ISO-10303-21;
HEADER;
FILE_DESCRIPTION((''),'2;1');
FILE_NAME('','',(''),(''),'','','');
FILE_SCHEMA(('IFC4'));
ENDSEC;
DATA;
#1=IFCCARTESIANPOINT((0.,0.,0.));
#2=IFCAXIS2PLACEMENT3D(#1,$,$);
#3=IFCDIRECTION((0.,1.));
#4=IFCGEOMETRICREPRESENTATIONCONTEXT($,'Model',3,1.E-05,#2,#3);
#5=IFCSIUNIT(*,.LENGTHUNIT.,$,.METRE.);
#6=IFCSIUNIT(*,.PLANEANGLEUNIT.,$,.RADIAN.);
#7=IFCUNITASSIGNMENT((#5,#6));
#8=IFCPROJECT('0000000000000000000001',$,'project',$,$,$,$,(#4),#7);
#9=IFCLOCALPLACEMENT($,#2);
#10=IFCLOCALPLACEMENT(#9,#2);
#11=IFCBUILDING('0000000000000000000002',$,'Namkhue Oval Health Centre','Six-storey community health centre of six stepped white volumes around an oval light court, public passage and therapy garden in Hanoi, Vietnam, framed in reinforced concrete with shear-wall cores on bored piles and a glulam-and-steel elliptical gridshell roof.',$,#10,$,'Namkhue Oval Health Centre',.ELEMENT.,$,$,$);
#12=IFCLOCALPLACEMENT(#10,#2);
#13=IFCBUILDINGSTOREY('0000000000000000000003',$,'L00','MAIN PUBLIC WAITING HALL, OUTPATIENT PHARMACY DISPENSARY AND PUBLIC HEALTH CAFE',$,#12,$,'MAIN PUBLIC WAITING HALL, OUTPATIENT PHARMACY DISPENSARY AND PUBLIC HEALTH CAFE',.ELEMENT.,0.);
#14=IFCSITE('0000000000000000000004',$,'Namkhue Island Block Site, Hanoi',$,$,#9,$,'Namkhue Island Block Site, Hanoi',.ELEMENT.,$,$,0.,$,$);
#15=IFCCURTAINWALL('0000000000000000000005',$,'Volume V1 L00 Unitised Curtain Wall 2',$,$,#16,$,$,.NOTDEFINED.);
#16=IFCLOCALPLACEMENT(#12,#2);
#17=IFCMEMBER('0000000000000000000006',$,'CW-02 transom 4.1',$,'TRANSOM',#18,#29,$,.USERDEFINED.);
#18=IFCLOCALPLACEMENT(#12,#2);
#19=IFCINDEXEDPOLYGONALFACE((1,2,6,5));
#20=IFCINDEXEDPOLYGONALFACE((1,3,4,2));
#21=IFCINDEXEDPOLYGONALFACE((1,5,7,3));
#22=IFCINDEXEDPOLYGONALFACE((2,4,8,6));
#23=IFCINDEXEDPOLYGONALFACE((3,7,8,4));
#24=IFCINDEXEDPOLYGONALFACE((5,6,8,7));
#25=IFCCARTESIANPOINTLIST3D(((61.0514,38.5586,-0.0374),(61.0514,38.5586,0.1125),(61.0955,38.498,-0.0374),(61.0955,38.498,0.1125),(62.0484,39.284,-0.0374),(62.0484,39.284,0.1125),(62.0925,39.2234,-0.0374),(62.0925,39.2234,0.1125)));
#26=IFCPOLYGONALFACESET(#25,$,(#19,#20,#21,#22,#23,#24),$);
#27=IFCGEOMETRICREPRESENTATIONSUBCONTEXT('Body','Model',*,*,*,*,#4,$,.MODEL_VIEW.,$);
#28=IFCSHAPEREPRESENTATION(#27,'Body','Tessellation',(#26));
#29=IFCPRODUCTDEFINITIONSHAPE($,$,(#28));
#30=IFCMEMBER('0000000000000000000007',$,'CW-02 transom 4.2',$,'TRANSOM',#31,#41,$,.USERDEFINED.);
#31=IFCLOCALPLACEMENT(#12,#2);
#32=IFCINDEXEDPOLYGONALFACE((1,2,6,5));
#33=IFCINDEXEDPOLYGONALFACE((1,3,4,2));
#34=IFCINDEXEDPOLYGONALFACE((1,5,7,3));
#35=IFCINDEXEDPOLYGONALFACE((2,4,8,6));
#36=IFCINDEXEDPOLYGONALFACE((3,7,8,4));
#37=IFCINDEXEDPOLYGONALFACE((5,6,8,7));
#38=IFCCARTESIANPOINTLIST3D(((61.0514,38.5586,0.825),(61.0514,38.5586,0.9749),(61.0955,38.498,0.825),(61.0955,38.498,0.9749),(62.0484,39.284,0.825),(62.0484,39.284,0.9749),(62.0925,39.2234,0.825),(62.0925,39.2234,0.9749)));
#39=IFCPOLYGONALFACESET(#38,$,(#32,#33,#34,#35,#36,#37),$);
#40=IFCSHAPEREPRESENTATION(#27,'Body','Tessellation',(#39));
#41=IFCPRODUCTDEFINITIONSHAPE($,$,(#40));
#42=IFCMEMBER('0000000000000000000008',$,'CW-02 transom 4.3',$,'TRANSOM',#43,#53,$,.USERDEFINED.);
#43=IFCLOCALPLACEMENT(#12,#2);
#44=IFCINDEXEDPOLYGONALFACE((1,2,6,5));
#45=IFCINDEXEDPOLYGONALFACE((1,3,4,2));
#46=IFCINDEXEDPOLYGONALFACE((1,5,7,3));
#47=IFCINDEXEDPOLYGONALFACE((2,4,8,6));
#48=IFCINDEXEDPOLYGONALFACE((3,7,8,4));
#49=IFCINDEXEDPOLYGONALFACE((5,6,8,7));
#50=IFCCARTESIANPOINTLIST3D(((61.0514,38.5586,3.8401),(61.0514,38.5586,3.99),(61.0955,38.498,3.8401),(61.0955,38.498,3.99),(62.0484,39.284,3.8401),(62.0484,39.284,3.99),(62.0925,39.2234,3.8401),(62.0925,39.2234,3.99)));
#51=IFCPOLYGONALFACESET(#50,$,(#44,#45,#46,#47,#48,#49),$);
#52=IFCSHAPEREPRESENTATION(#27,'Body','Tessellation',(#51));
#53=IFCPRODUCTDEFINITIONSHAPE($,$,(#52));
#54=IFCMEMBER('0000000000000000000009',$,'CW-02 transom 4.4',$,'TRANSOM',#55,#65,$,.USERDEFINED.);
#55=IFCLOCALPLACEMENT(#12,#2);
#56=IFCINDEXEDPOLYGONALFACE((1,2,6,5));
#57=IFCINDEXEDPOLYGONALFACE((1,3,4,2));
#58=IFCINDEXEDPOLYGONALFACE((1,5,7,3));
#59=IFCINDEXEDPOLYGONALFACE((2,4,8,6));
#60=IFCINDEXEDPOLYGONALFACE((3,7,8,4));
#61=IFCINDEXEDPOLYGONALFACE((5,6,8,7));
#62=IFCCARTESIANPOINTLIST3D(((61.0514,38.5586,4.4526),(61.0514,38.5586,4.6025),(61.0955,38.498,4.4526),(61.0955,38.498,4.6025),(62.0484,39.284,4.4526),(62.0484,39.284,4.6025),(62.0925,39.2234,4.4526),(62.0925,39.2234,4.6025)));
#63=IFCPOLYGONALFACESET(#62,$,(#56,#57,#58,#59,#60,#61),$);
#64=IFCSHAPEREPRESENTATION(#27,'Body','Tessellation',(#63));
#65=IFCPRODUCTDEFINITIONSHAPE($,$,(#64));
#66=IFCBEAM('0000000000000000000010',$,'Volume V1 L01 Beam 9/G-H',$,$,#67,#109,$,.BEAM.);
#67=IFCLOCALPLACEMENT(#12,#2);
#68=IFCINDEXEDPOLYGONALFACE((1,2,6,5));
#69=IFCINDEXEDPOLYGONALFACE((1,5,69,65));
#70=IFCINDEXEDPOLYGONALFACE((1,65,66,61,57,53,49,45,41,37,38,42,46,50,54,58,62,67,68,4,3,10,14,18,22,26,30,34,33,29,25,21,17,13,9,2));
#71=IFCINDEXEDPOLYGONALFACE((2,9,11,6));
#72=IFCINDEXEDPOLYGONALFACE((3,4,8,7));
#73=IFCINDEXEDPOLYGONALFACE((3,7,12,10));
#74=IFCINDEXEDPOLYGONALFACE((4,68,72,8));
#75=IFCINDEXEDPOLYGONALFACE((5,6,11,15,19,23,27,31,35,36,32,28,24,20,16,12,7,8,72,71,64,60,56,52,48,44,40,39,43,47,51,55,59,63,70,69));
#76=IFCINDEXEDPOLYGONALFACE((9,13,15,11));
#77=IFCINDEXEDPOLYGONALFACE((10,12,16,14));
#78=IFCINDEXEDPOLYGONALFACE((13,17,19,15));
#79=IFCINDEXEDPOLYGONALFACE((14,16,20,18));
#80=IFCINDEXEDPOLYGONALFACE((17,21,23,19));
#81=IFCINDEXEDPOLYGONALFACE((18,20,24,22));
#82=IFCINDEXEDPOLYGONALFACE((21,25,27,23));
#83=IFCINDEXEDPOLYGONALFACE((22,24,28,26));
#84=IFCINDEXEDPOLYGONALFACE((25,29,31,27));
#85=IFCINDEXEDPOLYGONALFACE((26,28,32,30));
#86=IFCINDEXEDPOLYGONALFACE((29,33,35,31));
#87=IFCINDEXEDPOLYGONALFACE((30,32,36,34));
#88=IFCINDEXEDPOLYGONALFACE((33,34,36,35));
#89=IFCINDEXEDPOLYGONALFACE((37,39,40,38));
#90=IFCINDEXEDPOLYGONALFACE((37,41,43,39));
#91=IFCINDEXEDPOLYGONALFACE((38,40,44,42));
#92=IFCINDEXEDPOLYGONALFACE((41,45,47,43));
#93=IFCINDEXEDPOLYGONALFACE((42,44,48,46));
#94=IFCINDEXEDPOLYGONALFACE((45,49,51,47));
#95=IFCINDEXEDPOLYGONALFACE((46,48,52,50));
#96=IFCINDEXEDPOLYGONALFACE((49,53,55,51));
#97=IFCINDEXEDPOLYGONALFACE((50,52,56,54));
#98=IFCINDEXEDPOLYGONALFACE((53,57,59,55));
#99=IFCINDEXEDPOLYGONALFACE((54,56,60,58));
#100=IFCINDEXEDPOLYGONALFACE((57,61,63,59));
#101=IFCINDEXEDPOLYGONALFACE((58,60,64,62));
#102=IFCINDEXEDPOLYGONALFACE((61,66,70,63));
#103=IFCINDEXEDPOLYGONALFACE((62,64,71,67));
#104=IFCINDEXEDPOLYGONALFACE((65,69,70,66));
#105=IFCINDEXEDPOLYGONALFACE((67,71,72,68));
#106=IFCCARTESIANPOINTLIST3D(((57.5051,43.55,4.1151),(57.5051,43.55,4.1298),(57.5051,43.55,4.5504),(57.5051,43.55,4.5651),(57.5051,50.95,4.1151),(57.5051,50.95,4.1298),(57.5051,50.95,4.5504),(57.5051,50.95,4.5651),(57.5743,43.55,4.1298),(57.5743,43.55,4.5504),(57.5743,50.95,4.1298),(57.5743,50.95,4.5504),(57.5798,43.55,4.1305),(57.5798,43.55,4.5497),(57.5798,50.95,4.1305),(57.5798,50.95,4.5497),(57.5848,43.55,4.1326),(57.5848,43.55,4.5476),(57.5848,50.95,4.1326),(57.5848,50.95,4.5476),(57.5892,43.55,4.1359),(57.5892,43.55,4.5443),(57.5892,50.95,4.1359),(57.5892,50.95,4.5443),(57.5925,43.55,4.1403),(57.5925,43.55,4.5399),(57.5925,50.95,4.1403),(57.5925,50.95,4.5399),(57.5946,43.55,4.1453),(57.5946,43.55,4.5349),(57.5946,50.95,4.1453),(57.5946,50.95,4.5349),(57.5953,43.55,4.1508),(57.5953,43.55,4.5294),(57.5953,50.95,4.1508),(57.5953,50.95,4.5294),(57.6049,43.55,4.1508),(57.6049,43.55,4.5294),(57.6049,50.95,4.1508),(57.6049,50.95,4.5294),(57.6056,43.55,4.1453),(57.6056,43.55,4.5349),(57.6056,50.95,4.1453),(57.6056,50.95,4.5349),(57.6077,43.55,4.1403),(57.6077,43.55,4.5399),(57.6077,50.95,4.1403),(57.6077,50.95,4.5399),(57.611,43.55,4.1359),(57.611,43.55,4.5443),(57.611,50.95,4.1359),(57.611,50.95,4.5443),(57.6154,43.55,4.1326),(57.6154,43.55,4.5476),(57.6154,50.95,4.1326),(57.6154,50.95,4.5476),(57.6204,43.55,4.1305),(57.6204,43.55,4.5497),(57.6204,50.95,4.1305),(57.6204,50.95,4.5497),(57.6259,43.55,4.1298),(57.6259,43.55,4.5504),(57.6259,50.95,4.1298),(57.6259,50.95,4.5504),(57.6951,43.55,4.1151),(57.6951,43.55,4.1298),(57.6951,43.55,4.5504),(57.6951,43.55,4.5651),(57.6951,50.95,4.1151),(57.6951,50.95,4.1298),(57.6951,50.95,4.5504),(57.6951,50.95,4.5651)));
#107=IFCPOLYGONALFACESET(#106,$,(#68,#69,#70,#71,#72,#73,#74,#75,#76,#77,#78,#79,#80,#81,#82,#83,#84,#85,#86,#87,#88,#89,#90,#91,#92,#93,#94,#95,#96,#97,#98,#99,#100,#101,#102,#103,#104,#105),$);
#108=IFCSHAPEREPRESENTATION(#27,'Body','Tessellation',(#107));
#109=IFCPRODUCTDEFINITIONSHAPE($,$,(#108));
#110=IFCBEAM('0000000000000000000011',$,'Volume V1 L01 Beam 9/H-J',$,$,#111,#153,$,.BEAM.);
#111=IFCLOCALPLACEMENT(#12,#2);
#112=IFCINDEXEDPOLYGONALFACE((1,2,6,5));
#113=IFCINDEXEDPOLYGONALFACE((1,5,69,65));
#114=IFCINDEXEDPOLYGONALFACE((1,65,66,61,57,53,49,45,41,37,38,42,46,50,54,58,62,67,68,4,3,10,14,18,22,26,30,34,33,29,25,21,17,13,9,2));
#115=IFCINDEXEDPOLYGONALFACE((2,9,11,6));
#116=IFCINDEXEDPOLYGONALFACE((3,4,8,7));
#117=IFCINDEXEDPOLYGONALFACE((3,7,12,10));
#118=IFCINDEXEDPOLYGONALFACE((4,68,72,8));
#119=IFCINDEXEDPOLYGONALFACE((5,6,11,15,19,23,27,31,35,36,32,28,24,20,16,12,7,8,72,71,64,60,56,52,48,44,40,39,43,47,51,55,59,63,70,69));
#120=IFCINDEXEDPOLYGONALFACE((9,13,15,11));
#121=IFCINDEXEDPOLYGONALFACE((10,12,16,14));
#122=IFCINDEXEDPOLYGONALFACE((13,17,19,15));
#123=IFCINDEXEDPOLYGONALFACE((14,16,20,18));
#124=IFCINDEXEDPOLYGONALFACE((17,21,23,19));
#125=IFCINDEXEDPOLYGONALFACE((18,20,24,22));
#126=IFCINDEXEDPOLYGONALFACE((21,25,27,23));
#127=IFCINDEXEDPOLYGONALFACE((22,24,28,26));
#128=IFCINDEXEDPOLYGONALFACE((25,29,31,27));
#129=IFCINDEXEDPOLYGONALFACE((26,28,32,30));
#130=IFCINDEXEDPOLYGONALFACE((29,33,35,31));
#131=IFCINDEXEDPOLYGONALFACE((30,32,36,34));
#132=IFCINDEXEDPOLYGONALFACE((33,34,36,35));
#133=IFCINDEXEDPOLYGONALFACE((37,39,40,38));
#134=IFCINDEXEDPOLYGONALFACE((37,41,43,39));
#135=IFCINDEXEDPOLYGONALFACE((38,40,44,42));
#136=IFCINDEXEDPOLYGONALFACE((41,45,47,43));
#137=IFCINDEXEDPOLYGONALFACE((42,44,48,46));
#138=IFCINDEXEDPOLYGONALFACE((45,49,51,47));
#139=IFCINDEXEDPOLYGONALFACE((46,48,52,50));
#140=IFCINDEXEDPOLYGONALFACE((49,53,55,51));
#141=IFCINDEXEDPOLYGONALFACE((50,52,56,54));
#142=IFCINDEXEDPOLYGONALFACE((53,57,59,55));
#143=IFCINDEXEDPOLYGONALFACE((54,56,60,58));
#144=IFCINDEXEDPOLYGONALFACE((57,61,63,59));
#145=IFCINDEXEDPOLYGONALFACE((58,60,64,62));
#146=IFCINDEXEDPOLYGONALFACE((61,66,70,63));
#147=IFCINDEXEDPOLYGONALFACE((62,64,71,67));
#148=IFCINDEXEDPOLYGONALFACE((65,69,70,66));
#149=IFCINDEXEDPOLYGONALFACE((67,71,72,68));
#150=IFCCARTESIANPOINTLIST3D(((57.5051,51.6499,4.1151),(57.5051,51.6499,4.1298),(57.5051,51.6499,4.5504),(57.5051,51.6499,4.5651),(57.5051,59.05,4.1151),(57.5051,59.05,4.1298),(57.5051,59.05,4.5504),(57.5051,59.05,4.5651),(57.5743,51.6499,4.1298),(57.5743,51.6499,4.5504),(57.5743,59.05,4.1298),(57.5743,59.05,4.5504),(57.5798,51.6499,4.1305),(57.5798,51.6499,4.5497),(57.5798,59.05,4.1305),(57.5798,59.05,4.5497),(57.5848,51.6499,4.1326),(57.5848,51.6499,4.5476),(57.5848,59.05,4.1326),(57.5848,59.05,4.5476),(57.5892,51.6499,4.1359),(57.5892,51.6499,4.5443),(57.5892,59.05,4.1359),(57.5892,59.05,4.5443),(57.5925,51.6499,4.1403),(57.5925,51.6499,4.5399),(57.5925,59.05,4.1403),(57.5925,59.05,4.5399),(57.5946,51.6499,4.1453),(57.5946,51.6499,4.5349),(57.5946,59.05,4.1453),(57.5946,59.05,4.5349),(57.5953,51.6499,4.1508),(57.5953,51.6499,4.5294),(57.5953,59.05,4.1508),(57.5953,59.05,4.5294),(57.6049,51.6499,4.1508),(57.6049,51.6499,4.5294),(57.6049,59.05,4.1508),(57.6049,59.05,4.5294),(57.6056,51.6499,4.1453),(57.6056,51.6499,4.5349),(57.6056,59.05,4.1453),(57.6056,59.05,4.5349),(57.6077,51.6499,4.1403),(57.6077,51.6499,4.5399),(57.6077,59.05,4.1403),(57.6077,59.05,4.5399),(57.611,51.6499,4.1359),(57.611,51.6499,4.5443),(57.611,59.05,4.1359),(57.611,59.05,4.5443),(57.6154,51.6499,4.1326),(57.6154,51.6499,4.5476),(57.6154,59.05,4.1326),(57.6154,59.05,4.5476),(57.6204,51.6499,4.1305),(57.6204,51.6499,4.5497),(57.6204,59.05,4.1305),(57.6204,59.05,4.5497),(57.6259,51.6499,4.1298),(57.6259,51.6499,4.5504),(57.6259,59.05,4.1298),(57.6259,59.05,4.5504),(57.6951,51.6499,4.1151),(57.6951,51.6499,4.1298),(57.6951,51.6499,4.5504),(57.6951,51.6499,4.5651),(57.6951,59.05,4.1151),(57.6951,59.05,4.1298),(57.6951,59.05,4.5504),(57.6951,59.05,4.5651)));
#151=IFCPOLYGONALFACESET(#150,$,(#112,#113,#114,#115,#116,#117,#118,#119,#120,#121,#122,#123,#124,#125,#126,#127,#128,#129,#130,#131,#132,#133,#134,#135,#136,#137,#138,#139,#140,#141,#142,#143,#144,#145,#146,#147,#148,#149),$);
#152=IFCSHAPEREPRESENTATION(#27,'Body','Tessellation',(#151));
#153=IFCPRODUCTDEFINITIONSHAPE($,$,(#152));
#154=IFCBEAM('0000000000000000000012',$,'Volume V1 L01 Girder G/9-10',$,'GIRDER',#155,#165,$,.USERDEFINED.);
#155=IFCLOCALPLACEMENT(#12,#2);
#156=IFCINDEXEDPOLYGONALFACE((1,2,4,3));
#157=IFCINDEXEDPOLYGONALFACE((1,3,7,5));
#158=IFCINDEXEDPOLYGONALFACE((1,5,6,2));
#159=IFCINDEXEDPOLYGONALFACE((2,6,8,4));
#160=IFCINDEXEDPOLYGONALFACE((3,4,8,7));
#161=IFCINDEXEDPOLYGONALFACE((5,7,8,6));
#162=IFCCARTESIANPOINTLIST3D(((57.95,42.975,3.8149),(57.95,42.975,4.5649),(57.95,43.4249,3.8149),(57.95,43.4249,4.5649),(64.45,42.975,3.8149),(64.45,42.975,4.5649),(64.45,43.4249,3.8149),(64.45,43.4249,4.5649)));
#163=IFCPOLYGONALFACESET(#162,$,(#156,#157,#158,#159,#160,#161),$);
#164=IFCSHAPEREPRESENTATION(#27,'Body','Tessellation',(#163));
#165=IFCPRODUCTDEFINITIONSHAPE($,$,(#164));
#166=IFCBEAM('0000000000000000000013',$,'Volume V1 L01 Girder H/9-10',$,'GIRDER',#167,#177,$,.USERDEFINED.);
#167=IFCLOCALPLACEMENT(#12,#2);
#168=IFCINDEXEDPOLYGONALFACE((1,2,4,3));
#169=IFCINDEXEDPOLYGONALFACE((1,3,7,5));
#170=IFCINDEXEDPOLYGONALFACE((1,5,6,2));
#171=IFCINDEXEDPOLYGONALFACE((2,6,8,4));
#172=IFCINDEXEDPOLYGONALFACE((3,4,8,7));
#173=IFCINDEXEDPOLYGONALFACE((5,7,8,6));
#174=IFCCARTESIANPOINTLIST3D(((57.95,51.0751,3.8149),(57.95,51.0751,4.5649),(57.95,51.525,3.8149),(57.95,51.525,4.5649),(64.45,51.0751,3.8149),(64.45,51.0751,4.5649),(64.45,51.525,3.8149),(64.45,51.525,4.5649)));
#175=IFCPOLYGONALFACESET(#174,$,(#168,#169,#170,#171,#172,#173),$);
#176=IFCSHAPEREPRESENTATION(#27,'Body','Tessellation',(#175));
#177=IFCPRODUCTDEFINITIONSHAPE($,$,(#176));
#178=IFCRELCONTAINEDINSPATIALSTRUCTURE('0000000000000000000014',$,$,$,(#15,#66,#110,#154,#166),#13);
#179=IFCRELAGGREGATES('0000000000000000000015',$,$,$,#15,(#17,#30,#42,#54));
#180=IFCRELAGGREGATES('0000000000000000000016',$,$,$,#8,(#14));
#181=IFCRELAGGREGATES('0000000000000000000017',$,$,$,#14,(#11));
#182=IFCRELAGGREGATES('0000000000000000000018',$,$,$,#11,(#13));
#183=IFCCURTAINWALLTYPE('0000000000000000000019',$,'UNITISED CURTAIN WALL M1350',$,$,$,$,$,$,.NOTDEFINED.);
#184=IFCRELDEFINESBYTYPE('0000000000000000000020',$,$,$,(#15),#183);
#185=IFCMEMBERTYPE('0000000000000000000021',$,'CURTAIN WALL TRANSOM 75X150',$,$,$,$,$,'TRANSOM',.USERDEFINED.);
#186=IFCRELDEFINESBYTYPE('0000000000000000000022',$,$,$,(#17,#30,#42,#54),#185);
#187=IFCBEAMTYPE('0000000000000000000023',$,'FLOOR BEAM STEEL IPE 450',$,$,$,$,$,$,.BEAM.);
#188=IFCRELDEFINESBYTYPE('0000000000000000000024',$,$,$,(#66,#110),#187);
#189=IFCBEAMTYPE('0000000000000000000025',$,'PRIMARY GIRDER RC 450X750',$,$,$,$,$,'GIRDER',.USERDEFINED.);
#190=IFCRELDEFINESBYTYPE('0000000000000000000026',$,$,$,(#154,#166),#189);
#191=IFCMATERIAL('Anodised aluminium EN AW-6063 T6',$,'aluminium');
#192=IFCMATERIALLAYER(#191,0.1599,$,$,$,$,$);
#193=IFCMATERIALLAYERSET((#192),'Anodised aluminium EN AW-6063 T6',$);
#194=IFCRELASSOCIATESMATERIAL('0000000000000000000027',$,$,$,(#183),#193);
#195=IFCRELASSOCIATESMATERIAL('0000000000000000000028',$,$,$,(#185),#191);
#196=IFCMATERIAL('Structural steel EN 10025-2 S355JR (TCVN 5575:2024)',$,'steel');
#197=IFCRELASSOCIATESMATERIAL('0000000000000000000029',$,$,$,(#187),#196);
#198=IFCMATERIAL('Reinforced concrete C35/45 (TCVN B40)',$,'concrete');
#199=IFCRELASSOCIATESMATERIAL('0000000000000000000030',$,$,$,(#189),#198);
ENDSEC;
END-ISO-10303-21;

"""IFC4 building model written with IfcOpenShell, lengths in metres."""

from ifc_helpers import new_model, si_unit, direction, frame, origin, origin_2d, place, context, subcontext, project, spatial, rectangle, i_section, extrude, material, layer, layer_set, material_profile, profile_set, type_object, element, aggregate, save


model = new_model("IFC4")

# Units and contexts
model_context = context("Model", 3, precision=1e-05, world=origin(), true_north=direction((0.0, 1.0)))
body_context = subcontext(model_context, "Body", "Model", "MODEL_VIEW")
ifc_project = project(units=[si_unit("LENGTHUNIT", "METRE"), si_unit("PLANEANGLEUNIT", "RADIAN")], contexts=[model_context])

# Site, building, storey
site_placement = place(None, origin())
site = spatial("IfcSite", under=ifc_project, at=site_placement, Name="Namkhue Island Block Site, Hanoi", LongName="Namkhue Island Block Site, Hanoi", CompositionType="ELEMENT", RefElevation=0.0)
building_placement = place(site_placement, origin())
building = spatial("IfcBuilding", under=site, at=building_placement, Name="Namkhue Oval Health Centre", Description="Six-storey community health centre of six stepped white volumes around an oval light court, public passage and therapy garden in Hanoi, Vietnam, framed in reinforced concrete with shear-wall cores on bored piles and a glulam-and-steel elliptical gridshell roof.", LongName="Namkhue Oval Health Centre", CompositionType="ELEMENT")
storey_placement = place(building_placement, origin())
storey = spatial("IfcBuildingStorey", under=building, at=storey_placement, Name="L00", Description="MAIN PUBLIC WAITING HALL, OUTPATIENT PHARMACY DISPENSARY AND PUBLIC HEALTH CAFE", LongName="MAIN PUBLIC WAITING HALL, OUTPATIENT PHARMACY DISPENSARY AND PUBLIC HEALTH CAFE", CompositionType="ELEMENT", Elevation=0.0)

# Shared definitions
ifc_material_1 = material(Name="Reinforced concrete C35/45 (TCVN B40)", Category="concrete")

# Curtain wall, members
ifc_material_2 = material(Name="Anodised aluminium EN AW-6063 T6", Category="aluminium")
ifc_layer_1 = layer(ifc_material_2, 0.1599)
ifc_layer_set_1 = layer_set([ifc_layer_1], Name="Anodised aluminium EN AW-6063 T6")
curtain_wall_type = type_object("IfcCurtainWallType", Name="UNITISED CURTAIN WALL M1350", PredefinedType="NOTDEFINED", material=ifc_layer_set_1)
curtain_wall_placement = place(storey_placement, origin())
curtain_wall = element("IfcCurtainWall", 1, at=curtain_wall_placement, inside=storey, type_object=curtain_wall_type, Name="Volume V1 L00 Unitised Curtain Wall 2", PredefinedType="NOTDEFINED")
ifc_material_profile_1 = material_profile(ifc_material_2, rectangle(XDim=0.075, YDim=0.1499, at=origin_2d()), Name="ALU 75x150")
ifc_profile_set_1 = profile_set([ifc_material_profile_1], Name="Anodised aluminium EN AW-6063 T6")
member_type_1 = type_object("IfcMemberType", Name="CURTAIN WALL TRANSOM 75X150", ElementType="TRANSOM", PredefinedType="USERDEFINED", material=ifc_profile_set_1)
member_1_placement = place(storey_placement, frame((61.0735, 38.5283, 0.0376), z_axis=(0.80859, 0.588372, 0.0), x_axis=(-0.588372, 0.80859, 0.0)))
member_1 = element("IfcMember", 2, at=member_1_placement, type_object=member_type_1, Name="CW-02 transom 4.1", ObjectType="TRANSOM", PredefinedType="USERDEFINED", context=body_context, shape_type="SweptSolid", body=[
    extrude(rectangle(XDim=0.075, YDim=0.1499, at=origin_2d()), origin(), (0.0, 0.0, 1.0), 1.2329),
])
member_2_placement = place(storey_placement, frame((61.0735, 38.5283, 0.8999), z_axis=(0.80859, 0.588372, 0.0), x_axis=(-0.588372, 0.80859, 0.0)))
member_2 = element("IfcMember", 3, at=member_2_placement, type_object=member_type_1, Name="CW-02 transom 4.2", ObjectType="TRANSOM", PredefinedType="USERDEFINED", context=body_context, shape_type="SweptSolid", body=[
    extrude(rectangle(XDim=0.075, YDim=0.1499, at=origin_2d()), origin(), (0.0, 0.0, 1.0), 1.2329),
])
member_3_placement = place(storey_placement, frame((61.0735, 38.5283, 3.915), z_axis=(0.80859, 0.588372, 0.0), x_axis=(-0.588372, 0.80859, 0.0)))
member_3 = element("IfcMember", 4, at=member_3_placement, type_object=member_type_1, Name="CW-02 transom 4.3", ObjectType="TRANSOM", PredefinedType="USERDEFINED", context=body_context, shape_type="SweptSolid", body=[
    extrude(rectangle(XDim=0.075, YDim=0.1499, at=origin_2d()), origin(), (0.0, 0.0, 1.0), 1.2329),
])
member_4_placement = place(storey_placement, frame((61.0735, 38.5283, 4.5276), z_axis=(0.80859, 0.588372, 0.0), x_axis=(-0.588372, 0.80859, 0.0)))
member_4 = element("IfcMember", 5, at=member_4_placement, type_object=member_type_1, Name="CW-02 transom 4.4", ObjectType="TRANSOM", PredefinedType="USERDEFINED", context=body_context, shape_type="SweptSolid", body=[
    extrude(rectangle(XDim=0.075, YDim=0.1499, at=origin_2d()), origin(), (0.0, 0.0, 1.0), 1.2329),
])

# Beams
ifc_material_3 = material(Name="Structural steel EN 10025-2 S355JR (TCVN 5575:2024)", Category="steel")
ifc_material_profile_2 = material_profile(ifc_material_3, i_section(OverallWidth=0.1899, OverallDepth=0.45, WebThickness=0.0095, FlangeThickness=0.0146, FilletRadius=0.021, at=origin_2d()), Name="IPE 450")
ifc_profile_set_2 = profile_set([ifc_material_profile_2], Name="Structural steel EN 10025-2 S355JR (TCVN 5575:2024)")
beam_type_1 = type_object("IfcBeamType", Name="FLOOR BEAM STEEL IPE 450", PredefinedType="BEAM", material=ifc_profile_set_2)
beam_1_placement = place(storey_placement, frame((57.6001, 43.55, 4.3401), z_axis=(0.0, 1.0, 0.0), x_axis=(-1.0, 0.0, 0.0)))
element("IfcBeam", 6, at=beam_1_placement, inside=storey, type_object=beam_type_1, Name="Volume V1 L01 Beam 9/G-H", PredefinedType="BEAM", context=body_context, shape_type="SweptSolid", body=[
    extrude(i_section(OverallWidth=0.1899, OverallDepth=0.45, WebThickness=0.0095, FlangeThickness=0.0146, FilletRadius=0.021, at=origin_2d()), origin(), (0.0, 0.0, 1.0), 7.3999),
])
beam_2_placement = place(storey_placement, frame((57.6001, 51.6499, 4.3401), z_axis=(0.0, 1.0, 0.0), x_axis=(-1.0, 0.0, 0.0)))
element("IfcBeam", 7, at=beam_2_placement, inside=storey, type_object=beam_type_1, Name="Volume V1 L01 Beam 9/H-J", PredefinedType="BEAM", context=body_context, shape_type="SweptSolid", body=[
    extrude(i_section(OverallWidth=0.1899, OverallDepth=0.45, WebThickness=0.0095, FlangeThickness=0.0146, FilletRadius=0.021, at=origin_2d()), origin(), (0.0, 0.0, 1.0), 7.4001),
])
ifc_material_profile_3 = material_profile(ifc_material_1, rectangle(XDim=0.45, YDim=0.75, at=origin_2d()), Name="RC 450x750")
ifc_profile_set_3 = profile_set([ifc_material_profile_3], Name="Reinforced concrete C35/45 (TCVN B40)")
beam_type_2 = type_object("IfcBeamType", Name="PRIMARY GIRDER RC 450X750", ElementType="GIRDER", PredefinedType="USERDEFINED", material=ifc_profile_set_3)
for number, where, z_axis, x_axis, name in (
    (8, (57.95, 43.2, 4.1899), (1.0, 0.0, 0.0), (0.0, 1.0, 0.0), "Volume V1 L01 Girder G/9-10"),
    (9, (57.95, 51.3, 4.1899), (1.0, 0.0, 0.0), (0.0, 1.0, 0.0), "Volume V1 L01 Girder H/9-10"),
):
    element("IfcBeam", number, at=place(storey_placement, frame(where, z_axis=z_axis, x_axis=x_axis)), inside=storey, type_object=beam_type_2, Name=name, ObjectType="GIRDER", PredefinedType="USERDEFINED", context=body_context, shape_type="SweptSolid", body=[
        extrude(rectangle(XDim=0.45, YDim=0.75, at=origin_2d()), origin(), (0.0, 0.0, 1.0), 6.5),
    ])

aggregate(curtain_wall, [member_1, member_2, member_3, member_4])

save(model, "model.ifc")
